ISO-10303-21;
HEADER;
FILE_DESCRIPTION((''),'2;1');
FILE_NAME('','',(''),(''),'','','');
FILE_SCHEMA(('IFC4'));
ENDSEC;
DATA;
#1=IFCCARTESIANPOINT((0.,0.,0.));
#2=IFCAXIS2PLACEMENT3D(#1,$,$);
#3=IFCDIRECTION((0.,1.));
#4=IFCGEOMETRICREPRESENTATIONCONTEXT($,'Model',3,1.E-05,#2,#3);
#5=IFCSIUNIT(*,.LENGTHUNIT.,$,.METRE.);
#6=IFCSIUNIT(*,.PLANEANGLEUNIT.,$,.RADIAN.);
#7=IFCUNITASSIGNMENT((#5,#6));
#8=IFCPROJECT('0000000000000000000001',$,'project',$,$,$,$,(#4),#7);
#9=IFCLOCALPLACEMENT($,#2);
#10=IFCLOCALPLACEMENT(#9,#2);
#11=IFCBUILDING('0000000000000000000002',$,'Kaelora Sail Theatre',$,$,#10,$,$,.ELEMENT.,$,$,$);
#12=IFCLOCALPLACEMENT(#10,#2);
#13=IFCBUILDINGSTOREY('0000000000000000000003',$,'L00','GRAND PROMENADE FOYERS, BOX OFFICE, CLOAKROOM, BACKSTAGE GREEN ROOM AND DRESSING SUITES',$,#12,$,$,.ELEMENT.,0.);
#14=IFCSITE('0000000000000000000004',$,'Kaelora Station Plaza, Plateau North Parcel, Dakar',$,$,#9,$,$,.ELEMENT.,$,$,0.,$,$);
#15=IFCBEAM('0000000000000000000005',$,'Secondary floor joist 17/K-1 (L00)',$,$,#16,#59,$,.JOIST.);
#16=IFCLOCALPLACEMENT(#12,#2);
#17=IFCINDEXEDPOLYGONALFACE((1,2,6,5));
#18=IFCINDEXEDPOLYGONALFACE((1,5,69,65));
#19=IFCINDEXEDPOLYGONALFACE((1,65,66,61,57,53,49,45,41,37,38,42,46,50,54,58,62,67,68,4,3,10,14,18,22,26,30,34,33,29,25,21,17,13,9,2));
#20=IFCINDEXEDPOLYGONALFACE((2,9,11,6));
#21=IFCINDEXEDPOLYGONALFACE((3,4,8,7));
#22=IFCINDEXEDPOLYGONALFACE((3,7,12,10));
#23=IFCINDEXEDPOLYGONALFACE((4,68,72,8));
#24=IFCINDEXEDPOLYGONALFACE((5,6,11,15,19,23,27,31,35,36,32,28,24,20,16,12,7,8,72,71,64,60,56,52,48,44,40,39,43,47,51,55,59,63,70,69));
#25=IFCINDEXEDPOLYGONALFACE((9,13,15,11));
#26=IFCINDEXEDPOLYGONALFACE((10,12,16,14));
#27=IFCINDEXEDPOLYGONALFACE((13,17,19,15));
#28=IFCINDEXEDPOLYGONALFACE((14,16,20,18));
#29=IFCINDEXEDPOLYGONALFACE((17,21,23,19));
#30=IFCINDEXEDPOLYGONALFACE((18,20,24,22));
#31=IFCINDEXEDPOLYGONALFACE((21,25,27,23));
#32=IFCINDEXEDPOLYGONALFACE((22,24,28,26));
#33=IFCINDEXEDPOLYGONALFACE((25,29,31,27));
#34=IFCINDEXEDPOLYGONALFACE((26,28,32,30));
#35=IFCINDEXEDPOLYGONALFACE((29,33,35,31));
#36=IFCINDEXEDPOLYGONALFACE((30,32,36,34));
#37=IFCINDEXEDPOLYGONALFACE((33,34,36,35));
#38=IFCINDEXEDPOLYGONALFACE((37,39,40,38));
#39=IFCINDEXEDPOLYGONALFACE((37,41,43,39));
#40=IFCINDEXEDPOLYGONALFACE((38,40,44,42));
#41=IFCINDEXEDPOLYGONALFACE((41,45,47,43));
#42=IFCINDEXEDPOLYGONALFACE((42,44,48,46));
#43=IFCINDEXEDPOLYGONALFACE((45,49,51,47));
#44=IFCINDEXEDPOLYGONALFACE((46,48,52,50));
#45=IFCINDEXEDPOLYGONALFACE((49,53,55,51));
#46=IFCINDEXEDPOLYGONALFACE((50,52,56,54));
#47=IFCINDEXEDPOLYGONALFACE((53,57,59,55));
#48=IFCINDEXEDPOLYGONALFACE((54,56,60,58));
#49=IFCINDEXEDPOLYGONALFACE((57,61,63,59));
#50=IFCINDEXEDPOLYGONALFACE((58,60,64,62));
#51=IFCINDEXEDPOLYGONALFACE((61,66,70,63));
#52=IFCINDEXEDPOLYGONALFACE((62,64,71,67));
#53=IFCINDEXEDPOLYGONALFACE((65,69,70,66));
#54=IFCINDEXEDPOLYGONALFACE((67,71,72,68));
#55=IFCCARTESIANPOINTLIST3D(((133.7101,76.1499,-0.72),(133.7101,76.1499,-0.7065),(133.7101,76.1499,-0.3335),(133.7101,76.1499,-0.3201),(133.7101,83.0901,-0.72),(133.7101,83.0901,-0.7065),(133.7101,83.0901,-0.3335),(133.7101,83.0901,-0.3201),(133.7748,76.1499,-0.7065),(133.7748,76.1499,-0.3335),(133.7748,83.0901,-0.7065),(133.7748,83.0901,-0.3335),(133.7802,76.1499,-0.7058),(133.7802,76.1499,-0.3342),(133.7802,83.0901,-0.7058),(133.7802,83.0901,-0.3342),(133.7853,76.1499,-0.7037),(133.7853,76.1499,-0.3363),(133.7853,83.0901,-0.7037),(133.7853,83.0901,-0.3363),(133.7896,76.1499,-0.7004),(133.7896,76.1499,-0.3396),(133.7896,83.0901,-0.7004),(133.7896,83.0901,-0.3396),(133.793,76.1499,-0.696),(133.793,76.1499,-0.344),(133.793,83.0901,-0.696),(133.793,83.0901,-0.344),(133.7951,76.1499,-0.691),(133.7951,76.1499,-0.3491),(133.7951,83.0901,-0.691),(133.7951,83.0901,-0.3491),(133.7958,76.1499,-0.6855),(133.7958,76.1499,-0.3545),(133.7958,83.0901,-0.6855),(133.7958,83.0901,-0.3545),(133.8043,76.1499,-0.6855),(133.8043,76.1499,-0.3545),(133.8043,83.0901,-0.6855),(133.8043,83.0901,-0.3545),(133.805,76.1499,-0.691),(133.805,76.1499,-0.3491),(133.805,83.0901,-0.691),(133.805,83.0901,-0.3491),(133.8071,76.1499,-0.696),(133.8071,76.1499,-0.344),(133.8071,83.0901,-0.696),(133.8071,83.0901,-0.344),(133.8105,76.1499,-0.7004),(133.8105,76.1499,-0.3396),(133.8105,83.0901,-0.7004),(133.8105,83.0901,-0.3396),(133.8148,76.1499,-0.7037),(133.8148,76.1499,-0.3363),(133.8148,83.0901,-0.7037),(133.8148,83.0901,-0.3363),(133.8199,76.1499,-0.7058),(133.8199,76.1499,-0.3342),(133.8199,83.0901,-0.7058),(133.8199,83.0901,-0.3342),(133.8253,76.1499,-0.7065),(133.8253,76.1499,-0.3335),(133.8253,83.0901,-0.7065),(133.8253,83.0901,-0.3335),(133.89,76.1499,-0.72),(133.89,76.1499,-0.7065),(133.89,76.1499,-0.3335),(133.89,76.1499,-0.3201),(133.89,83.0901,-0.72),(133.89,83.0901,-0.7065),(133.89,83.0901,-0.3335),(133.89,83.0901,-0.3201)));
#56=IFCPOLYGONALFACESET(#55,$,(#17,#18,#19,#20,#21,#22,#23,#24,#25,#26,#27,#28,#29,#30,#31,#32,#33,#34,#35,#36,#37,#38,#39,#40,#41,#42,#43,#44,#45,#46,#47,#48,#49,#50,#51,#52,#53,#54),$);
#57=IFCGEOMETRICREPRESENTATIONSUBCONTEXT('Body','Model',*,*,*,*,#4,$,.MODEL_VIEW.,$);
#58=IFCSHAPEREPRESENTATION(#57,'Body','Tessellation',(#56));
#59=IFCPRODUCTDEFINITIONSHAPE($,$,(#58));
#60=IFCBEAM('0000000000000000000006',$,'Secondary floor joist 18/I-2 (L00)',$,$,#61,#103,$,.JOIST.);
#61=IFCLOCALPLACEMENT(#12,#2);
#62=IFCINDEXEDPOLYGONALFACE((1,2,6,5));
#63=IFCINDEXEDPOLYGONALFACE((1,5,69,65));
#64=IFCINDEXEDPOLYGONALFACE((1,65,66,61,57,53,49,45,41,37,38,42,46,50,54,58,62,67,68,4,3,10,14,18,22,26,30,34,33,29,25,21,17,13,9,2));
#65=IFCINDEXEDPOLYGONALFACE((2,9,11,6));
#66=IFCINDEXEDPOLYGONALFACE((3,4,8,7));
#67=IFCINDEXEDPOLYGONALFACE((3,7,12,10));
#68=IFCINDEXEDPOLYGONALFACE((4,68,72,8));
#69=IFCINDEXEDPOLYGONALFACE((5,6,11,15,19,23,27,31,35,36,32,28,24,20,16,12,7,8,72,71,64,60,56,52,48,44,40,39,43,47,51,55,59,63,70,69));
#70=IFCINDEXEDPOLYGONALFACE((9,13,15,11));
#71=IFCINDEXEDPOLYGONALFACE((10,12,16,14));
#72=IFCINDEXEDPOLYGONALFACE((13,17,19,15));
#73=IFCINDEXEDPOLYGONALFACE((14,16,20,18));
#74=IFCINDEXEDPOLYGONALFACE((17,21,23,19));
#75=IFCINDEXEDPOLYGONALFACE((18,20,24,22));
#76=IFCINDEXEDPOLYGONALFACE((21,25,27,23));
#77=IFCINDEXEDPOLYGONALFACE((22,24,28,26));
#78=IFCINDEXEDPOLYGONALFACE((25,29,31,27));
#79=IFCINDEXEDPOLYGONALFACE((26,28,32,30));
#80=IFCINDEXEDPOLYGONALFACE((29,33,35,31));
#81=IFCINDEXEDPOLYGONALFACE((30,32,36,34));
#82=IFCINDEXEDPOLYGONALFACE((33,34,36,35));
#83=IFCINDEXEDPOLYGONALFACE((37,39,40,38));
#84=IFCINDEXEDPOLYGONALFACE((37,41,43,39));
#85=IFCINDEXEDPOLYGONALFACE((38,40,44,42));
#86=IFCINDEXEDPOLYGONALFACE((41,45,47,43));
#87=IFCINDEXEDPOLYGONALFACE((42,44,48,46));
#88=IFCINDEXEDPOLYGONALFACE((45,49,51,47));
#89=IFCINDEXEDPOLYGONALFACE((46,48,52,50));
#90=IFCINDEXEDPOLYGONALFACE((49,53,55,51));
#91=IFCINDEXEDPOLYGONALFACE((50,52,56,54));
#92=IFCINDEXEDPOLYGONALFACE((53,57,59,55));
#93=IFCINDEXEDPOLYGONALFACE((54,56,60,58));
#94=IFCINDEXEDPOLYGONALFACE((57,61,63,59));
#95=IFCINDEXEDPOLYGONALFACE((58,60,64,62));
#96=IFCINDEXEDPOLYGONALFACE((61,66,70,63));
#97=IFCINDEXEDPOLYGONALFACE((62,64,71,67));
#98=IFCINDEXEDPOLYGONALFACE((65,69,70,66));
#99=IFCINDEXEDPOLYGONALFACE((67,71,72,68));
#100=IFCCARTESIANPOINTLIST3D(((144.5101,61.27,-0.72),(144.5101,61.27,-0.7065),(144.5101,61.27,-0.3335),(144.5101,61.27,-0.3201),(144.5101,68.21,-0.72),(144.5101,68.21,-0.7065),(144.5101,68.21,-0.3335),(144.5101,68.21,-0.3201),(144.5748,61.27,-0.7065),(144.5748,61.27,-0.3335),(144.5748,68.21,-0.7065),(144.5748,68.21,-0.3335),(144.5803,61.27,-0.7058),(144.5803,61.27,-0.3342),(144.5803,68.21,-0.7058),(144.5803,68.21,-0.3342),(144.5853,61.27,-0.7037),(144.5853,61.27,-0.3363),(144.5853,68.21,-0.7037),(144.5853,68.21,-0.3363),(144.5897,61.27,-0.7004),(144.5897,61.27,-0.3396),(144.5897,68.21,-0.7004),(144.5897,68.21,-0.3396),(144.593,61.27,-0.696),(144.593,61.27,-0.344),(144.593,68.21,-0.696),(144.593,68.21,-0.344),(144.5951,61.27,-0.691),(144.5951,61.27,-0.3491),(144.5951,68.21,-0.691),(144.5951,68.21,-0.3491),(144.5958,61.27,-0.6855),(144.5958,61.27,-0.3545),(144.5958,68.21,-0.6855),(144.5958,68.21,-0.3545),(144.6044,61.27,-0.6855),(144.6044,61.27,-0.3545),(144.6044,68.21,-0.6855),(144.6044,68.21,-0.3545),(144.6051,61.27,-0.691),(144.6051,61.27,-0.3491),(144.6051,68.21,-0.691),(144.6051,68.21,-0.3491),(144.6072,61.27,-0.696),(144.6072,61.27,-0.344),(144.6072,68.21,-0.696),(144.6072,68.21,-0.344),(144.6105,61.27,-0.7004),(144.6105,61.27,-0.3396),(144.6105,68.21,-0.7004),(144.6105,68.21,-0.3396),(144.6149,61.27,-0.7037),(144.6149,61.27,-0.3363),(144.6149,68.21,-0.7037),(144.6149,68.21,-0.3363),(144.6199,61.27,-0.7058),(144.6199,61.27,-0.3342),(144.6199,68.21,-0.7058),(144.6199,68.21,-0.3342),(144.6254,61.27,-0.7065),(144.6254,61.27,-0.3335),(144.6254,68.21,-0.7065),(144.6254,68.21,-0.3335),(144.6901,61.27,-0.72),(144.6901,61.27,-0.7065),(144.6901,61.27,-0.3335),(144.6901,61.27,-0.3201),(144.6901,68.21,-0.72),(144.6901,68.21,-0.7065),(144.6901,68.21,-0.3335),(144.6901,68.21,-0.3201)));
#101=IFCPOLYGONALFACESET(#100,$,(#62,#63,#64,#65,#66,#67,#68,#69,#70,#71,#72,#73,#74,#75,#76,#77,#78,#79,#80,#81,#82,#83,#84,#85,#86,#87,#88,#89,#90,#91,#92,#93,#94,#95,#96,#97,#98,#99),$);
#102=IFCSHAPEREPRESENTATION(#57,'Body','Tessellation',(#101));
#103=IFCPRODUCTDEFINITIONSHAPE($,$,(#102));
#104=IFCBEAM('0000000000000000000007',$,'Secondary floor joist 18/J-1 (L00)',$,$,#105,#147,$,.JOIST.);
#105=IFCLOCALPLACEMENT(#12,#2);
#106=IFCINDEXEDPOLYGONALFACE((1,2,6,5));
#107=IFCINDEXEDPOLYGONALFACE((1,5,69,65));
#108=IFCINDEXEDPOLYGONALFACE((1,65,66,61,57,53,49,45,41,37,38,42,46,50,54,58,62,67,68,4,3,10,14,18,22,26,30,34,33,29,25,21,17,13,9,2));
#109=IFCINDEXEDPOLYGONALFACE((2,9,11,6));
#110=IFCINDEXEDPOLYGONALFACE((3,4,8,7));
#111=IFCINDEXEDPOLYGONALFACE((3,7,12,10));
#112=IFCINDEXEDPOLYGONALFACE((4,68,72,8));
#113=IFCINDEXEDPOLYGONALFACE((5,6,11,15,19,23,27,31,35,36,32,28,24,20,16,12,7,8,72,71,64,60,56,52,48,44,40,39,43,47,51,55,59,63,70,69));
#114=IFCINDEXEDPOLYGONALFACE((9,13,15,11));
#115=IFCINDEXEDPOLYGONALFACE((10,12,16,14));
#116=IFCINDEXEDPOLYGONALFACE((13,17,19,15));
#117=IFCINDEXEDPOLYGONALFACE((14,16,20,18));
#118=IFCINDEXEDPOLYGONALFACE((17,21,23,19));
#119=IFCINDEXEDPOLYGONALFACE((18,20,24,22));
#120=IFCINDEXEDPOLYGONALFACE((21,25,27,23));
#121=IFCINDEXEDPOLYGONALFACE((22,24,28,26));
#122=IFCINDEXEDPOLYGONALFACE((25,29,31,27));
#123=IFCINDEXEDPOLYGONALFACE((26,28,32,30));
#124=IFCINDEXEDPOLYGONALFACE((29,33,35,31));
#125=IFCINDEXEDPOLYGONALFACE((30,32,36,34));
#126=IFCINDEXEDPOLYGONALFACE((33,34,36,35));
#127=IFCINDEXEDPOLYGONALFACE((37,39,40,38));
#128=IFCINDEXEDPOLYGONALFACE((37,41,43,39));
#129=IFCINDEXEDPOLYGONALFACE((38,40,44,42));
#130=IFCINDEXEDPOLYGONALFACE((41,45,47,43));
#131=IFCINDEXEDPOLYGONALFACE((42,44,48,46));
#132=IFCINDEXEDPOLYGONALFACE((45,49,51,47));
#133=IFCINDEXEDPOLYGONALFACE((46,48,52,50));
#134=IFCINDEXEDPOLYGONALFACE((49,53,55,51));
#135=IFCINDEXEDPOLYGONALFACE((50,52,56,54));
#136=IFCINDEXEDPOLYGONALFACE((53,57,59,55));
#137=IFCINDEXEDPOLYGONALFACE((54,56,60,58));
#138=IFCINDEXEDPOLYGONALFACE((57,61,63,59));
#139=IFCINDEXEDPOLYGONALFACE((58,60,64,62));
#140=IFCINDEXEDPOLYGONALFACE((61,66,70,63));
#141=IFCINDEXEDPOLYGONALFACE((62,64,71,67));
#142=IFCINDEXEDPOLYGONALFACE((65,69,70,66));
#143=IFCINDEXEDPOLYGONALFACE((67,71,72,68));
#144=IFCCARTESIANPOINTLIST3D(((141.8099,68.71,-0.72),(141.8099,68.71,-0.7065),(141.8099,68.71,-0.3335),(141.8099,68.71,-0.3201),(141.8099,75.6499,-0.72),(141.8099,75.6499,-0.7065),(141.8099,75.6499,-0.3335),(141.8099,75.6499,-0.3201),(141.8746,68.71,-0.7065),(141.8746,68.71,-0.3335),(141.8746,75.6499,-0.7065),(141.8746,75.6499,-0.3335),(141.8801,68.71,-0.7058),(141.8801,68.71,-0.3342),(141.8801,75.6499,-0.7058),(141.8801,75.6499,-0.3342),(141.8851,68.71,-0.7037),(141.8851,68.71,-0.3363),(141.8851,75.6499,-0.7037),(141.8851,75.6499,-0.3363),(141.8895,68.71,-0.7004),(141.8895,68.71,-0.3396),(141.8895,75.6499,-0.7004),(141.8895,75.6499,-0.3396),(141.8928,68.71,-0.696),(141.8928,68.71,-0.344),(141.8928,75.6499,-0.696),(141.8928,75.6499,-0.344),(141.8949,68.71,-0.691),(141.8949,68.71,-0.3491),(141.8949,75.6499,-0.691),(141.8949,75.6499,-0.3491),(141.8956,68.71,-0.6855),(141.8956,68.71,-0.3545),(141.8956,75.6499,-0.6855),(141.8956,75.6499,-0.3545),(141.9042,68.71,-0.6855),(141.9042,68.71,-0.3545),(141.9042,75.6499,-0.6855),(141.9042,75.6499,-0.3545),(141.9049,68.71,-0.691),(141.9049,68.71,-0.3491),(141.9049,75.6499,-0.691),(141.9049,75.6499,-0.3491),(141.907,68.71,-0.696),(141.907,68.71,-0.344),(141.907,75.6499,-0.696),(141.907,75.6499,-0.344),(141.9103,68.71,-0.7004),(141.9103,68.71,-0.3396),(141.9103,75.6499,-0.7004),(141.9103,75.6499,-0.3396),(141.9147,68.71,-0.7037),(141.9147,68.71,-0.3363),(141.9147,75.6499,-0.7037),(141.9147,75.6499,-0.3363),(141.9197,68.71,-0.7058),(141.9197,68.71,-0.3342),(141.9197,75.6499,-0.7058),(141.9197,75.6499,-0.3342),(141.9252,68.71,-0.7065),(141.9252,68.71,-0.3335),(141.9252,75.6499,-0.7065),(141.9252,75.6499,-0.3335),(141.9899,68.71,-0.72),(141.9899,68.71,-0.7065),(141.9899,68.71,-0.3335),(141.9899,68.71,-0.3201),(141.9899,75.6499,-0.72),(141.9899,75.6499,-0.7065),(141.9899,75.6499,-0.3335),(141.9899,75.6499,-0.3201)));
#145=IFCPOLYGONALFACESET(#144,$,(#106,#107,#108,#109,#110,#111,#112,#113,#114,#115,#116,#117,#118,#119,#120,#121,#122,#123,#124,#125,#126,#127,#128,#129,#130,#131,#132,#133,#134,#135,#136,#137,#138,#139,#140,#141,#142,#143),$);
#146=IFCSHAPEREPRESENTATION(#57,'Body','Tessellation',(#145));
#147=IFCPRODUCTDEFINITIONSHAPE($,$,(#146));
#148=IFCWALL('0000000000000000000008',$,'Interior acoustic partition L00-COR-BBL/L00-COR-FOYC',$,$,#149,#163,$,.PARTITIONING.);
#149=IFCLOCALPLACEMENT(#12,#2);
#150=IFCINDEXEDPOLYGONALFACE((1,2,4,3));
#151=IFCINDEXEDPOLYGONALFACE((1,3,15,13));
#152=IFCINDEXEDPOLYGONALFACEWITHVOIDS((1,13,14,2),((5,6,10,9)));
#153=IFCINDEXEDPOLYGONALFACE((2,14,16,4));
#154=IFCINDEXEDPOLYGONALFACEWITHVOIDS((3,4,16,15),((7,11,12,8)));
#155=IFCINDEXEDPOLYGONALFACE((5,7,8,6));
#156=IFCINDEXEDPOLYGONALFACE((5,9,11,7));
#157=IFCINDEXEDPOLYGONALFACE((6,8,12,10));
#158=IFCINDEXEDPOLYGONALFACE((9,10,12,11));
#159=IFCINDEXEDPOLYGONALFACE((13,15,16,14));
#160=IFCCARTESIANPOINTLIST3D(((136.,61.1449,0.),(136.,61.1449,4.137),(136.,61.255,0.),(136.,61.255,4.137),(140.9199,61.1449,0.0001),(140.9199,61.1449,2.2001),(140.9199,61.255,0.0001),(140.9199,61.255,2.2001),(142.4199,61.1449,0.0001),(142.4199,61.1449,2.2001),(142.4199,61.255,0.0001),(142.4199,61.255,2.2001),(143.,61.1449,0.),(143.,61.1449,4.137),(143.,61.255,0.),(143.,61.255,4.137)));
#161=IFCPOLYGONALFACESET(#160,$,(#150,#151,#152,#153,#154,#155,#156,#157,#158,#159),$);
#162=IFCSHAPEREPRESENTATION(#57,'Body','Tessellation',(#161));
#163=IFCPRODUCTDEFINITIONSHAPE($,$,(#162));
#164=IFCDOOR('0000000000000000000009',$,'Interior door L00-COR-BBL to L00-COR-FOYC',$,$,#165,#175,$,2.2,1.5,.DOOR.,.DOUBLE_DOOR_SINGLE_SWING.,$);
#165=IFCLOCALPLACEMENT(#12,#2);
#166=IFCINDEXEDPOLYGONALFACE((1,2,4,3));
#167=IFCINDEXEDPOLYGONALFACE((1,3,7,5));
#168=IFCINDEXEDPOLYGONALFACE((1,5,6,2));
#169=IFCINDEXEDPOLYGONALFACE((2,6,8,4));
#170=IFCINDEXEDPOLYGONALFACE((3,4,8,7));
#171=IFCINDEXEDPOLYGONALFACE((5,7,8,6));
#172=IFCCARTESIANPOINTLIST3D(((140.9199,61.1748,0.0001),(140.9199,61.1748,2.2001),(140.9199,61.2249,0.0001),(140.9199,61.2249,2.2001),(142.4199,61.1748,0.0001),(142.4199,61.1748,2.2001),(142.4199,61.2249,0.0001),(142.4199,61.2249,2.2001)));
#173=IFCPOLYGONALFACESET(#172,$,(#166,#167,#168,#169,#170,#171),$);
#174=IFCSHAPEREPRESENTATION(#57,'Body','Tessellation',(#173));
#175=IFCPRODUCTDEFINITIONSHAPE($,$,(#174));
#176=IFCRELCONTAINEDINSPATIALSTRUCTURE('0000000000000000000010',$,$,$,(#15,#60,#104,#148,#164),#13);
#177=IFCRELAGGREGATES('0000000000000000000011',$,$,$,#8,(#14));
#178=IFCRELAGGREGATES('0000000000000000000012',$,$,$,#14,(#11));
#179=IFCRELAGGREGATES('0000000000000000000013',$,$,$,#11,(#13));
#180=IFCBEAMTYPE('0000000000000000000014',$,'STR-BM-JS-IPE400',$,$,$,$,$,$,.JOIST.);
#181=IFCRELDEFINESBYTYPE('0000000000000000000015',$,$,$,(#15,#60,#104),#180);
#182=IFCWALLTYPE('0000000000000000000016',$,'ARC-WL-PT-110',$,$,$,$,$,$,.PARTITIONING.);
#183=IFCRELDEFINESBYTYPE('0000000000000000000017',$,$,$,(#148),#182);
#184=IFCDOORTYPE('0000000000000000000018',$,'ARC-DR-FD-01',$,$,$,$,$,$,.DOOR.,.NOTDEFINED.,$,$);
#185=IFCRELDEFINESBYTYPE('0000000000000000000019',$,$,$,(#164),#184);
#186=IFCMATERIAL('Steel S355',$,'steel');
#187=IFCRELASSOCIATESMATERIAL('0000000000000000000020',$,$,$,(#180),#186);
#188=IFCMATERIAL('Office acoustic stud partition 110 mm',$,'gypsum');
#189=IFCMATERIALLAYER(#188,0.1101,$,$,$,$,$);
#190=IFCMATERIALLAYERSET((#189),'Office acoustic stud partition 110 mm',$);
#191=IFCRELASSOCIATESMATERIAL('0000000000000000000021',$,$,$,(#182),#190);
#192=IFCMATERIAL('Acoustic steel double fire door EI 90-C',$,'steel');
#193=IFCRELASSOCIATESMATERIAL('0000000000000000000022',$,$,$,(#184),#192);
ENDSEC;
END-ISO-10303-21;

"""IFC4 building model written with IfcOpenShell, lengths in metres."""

from ifc_helpers import new_model, si_unit, direction, frame, frame_2d, origin, origin_2d, place, context, subcontext, project, spatial, rectangle, i_section, extrude, material, layer, layer_set, material_profile, profile_set, type_object, element, fill, save


model = new_model("IFC4")

# Units and contexts
model_context = context("Model", 3, precision=1e-05, world=origin(), true_north=direction((0.0, 1.0)))
body_context = subcontext(model_context, "Body", "Model", "MODEL_VIEW")
ifc_project = project(units=[si_unit("LENGTHUNIT", "METRE"), si_unit("PLANEANGLEUNIT", "RADIAN")], contexts=[model_context])

# Site, building, storey
site_placement = place(None, origin())
site = spatial("IfcSite", under=ifc_project, at=site_placement, Name="Kaelora Station Plaza, Plateau North Parcel, Dakar", CompositionType="ELEMENT", RefElevation=0.0)
building_placement = place(site_placement, origin())
building = spatial("IfcBuilding", under=site, at=building_placement, Name="Kaelora Sail Theatre", CompositionType="ELEMENT")
storey_placement = place(building_placement, origin())
storey = spatial("IfcBuildingStorey", under=building, at=storey_placement, Name="L00", Description="GRAND PROMENADE FOYERS, BOX OFFICE, CLOAKROOM, BACKSTAGE GREEN ROOM AND DRESSING SUITES", CompositionType="ELEMENT", Elevation=0.0)

# Beams
ifc_material_1 = material(Name="Steel S355", Category="steel")
ifc_material_profile_1 = material_profile(ifc_material_1, i_section(OverallWidth=0.1799, OverallDepth=0.3999, WebThickness=0.0085, FlangeThickness=0.0134, FilletRadius=0.021, at=origin_2d()), Name="IPE 400")
ifc_profile_set_1 = profile_set([ifc_material_profile_1], Name="Steel S355")
beam_type_1 = type_object("IfcBeamType", Name="STR-BM-JS-IPE400", PredefinedType="JOIST", material=ifc_profile_set_1)
beam_1_placement = place(storey_placement, frame((133.8, 76.1499, -0.52), z_axis=(0.0, 1.0, 0.0), x_axis=(-1.0, 0.0, 0.0)))
element("IfcBeam", 1, at=beam_1_placement, inside=storey, type_object=beam_type_1, Name="Secondary floor joist 17/K-1 (L00)", PredefinedType="JOIST", context=body_context, shape_type="SweptSolid", body=[
    extrude(i_section(OverallWidth=0.1799, OverallDepth=0.3999, WebThickness=0.0085, FlangeThickness=0.0134, FilletRadius=0.021, at=origin_2d()), origin(), (0.0, 0.0, 1.0), 6.9402),
])
for number, where, z_axis, x_axis, name in (
    (2, (144.6001, 61.27, -0.52), (0.0, 1.0, 0.0), (-1.0, 0.0, 0.0), "Secondary floor joist 18/I-2 (L00)"),
    (3, (141.8999, 68.71, -0.52), (0.0, 1.0, 0.0), (-1.0, 0.0, 0.0), "Secondary floor joist 18/J-1 (L00)"),
):
    element("IfcBeam", number, at=place(storey_placement, frame(where, z_axis=z_axis, x_axis=x_axis)), inside=storey, type_object=beam_type_1, Name=name, PredefinedType="JOIST", context=body_context, shape_type="SweptSolid", body=[
        extrude(i_section(OverallWidth=0.1799, OverallDepth=0.3999, WebThickness=0.0085, FlangeThickness=0.0134, FilletRadius=0.021, at=origin_2d()), origin(), (0.0, 0.0, 1.0), 6.9399),
    ])

# Wall, opening, door
ifc_material_2 = material(Name="Office acoustic stud partition 110 mm", Category="gypsum")
ifc_layer = layer(ifc_material_2, 0.1101)
ifc_layer_set = layer_set([ifc_layer], Name="Office acoustic stud partition 110 mm")
wall_type = type_object("IfcWallType", Name="ARC-WL-PT-110", PredefinedType="PARTITIONING", material=ifc_layer_set)
wall_placement = place(storey_placement, frame((136.0, 61.2, 0.0), z_axis=(0.0, 0.0, 1.0), x_axis=(1.0, 0.0, 0.0)))
wall = element("IfcWall", 4, at=wall_placement, inside=storey, type_object=wall_type, Name="Interior acoustic partition L00-COR-BBL/L00-COR-FOYC", PredefinedType="PARTITIONING", context=body_context, shape_type="SweptSolid", body=[
    extrude(rectangle(XDim=7.0, YDim=0.1101, at=frame_2d((3.5, 0.0))), origin(), (0.0, 0.0, 1.0), 4.137),
])
opening_placement = place(wall_placement, frame((4.9199, 0.0, 0.0)))
opening = element("IfcOpeningElement", 5, at=opening_placement, cuts=wall, PredefinedType="OPENING", context=body_context, shape_type="SweptSolid", body=[
    extrude(rectangle(XDim=1.5, YDim=2.2, at=frame_2d((0.75, 1.1001))), frame((0.0, 0.0652, 0.0), z_axis=(0.0, -1.0, 0.0), x_axis=(1.0, 0.0, 0.0)), (0.0, 0.0, 1.0), 0.1301),
])
ifc_material_3 = material(Name="Acoustic steel double fire door EI 90-C", Category="steel")
door_type = type_object("IfcDoorType", Name="ARC-DR-FD-01", OperationType="NOTDEFINED", PredefinedType="DOOR", material=ifc_material_3)
door_placement = place(opening_placement, origin())
door = element("IfcDoor", 6, at=door_placement, inside=storey, type_object=door_type, Name="Interior door L00-COR-BBL to L00-COR-FOYC", OperationType="DOUBLE_DOOR_SINGLE_SWING", OverallHeight=2.2, OverallWidth=1.5, PredefinedType="DOOR", context=body_context, shape_type="SweptSolid", body=[
    extrude(rectangle(XDim=1.5, YDim=2.2, at=frame_2d((0.75, 1.1001))), frame((0.0, 0.0249, 0.0), z_axis=(0.0, -1.0, 0.0), x_axis=(1.0, 0.0, 0.0)), (0.0, 0.0, 1.0), 0.05),
])
fill(opening, door)

save(model, "model.ifc")
